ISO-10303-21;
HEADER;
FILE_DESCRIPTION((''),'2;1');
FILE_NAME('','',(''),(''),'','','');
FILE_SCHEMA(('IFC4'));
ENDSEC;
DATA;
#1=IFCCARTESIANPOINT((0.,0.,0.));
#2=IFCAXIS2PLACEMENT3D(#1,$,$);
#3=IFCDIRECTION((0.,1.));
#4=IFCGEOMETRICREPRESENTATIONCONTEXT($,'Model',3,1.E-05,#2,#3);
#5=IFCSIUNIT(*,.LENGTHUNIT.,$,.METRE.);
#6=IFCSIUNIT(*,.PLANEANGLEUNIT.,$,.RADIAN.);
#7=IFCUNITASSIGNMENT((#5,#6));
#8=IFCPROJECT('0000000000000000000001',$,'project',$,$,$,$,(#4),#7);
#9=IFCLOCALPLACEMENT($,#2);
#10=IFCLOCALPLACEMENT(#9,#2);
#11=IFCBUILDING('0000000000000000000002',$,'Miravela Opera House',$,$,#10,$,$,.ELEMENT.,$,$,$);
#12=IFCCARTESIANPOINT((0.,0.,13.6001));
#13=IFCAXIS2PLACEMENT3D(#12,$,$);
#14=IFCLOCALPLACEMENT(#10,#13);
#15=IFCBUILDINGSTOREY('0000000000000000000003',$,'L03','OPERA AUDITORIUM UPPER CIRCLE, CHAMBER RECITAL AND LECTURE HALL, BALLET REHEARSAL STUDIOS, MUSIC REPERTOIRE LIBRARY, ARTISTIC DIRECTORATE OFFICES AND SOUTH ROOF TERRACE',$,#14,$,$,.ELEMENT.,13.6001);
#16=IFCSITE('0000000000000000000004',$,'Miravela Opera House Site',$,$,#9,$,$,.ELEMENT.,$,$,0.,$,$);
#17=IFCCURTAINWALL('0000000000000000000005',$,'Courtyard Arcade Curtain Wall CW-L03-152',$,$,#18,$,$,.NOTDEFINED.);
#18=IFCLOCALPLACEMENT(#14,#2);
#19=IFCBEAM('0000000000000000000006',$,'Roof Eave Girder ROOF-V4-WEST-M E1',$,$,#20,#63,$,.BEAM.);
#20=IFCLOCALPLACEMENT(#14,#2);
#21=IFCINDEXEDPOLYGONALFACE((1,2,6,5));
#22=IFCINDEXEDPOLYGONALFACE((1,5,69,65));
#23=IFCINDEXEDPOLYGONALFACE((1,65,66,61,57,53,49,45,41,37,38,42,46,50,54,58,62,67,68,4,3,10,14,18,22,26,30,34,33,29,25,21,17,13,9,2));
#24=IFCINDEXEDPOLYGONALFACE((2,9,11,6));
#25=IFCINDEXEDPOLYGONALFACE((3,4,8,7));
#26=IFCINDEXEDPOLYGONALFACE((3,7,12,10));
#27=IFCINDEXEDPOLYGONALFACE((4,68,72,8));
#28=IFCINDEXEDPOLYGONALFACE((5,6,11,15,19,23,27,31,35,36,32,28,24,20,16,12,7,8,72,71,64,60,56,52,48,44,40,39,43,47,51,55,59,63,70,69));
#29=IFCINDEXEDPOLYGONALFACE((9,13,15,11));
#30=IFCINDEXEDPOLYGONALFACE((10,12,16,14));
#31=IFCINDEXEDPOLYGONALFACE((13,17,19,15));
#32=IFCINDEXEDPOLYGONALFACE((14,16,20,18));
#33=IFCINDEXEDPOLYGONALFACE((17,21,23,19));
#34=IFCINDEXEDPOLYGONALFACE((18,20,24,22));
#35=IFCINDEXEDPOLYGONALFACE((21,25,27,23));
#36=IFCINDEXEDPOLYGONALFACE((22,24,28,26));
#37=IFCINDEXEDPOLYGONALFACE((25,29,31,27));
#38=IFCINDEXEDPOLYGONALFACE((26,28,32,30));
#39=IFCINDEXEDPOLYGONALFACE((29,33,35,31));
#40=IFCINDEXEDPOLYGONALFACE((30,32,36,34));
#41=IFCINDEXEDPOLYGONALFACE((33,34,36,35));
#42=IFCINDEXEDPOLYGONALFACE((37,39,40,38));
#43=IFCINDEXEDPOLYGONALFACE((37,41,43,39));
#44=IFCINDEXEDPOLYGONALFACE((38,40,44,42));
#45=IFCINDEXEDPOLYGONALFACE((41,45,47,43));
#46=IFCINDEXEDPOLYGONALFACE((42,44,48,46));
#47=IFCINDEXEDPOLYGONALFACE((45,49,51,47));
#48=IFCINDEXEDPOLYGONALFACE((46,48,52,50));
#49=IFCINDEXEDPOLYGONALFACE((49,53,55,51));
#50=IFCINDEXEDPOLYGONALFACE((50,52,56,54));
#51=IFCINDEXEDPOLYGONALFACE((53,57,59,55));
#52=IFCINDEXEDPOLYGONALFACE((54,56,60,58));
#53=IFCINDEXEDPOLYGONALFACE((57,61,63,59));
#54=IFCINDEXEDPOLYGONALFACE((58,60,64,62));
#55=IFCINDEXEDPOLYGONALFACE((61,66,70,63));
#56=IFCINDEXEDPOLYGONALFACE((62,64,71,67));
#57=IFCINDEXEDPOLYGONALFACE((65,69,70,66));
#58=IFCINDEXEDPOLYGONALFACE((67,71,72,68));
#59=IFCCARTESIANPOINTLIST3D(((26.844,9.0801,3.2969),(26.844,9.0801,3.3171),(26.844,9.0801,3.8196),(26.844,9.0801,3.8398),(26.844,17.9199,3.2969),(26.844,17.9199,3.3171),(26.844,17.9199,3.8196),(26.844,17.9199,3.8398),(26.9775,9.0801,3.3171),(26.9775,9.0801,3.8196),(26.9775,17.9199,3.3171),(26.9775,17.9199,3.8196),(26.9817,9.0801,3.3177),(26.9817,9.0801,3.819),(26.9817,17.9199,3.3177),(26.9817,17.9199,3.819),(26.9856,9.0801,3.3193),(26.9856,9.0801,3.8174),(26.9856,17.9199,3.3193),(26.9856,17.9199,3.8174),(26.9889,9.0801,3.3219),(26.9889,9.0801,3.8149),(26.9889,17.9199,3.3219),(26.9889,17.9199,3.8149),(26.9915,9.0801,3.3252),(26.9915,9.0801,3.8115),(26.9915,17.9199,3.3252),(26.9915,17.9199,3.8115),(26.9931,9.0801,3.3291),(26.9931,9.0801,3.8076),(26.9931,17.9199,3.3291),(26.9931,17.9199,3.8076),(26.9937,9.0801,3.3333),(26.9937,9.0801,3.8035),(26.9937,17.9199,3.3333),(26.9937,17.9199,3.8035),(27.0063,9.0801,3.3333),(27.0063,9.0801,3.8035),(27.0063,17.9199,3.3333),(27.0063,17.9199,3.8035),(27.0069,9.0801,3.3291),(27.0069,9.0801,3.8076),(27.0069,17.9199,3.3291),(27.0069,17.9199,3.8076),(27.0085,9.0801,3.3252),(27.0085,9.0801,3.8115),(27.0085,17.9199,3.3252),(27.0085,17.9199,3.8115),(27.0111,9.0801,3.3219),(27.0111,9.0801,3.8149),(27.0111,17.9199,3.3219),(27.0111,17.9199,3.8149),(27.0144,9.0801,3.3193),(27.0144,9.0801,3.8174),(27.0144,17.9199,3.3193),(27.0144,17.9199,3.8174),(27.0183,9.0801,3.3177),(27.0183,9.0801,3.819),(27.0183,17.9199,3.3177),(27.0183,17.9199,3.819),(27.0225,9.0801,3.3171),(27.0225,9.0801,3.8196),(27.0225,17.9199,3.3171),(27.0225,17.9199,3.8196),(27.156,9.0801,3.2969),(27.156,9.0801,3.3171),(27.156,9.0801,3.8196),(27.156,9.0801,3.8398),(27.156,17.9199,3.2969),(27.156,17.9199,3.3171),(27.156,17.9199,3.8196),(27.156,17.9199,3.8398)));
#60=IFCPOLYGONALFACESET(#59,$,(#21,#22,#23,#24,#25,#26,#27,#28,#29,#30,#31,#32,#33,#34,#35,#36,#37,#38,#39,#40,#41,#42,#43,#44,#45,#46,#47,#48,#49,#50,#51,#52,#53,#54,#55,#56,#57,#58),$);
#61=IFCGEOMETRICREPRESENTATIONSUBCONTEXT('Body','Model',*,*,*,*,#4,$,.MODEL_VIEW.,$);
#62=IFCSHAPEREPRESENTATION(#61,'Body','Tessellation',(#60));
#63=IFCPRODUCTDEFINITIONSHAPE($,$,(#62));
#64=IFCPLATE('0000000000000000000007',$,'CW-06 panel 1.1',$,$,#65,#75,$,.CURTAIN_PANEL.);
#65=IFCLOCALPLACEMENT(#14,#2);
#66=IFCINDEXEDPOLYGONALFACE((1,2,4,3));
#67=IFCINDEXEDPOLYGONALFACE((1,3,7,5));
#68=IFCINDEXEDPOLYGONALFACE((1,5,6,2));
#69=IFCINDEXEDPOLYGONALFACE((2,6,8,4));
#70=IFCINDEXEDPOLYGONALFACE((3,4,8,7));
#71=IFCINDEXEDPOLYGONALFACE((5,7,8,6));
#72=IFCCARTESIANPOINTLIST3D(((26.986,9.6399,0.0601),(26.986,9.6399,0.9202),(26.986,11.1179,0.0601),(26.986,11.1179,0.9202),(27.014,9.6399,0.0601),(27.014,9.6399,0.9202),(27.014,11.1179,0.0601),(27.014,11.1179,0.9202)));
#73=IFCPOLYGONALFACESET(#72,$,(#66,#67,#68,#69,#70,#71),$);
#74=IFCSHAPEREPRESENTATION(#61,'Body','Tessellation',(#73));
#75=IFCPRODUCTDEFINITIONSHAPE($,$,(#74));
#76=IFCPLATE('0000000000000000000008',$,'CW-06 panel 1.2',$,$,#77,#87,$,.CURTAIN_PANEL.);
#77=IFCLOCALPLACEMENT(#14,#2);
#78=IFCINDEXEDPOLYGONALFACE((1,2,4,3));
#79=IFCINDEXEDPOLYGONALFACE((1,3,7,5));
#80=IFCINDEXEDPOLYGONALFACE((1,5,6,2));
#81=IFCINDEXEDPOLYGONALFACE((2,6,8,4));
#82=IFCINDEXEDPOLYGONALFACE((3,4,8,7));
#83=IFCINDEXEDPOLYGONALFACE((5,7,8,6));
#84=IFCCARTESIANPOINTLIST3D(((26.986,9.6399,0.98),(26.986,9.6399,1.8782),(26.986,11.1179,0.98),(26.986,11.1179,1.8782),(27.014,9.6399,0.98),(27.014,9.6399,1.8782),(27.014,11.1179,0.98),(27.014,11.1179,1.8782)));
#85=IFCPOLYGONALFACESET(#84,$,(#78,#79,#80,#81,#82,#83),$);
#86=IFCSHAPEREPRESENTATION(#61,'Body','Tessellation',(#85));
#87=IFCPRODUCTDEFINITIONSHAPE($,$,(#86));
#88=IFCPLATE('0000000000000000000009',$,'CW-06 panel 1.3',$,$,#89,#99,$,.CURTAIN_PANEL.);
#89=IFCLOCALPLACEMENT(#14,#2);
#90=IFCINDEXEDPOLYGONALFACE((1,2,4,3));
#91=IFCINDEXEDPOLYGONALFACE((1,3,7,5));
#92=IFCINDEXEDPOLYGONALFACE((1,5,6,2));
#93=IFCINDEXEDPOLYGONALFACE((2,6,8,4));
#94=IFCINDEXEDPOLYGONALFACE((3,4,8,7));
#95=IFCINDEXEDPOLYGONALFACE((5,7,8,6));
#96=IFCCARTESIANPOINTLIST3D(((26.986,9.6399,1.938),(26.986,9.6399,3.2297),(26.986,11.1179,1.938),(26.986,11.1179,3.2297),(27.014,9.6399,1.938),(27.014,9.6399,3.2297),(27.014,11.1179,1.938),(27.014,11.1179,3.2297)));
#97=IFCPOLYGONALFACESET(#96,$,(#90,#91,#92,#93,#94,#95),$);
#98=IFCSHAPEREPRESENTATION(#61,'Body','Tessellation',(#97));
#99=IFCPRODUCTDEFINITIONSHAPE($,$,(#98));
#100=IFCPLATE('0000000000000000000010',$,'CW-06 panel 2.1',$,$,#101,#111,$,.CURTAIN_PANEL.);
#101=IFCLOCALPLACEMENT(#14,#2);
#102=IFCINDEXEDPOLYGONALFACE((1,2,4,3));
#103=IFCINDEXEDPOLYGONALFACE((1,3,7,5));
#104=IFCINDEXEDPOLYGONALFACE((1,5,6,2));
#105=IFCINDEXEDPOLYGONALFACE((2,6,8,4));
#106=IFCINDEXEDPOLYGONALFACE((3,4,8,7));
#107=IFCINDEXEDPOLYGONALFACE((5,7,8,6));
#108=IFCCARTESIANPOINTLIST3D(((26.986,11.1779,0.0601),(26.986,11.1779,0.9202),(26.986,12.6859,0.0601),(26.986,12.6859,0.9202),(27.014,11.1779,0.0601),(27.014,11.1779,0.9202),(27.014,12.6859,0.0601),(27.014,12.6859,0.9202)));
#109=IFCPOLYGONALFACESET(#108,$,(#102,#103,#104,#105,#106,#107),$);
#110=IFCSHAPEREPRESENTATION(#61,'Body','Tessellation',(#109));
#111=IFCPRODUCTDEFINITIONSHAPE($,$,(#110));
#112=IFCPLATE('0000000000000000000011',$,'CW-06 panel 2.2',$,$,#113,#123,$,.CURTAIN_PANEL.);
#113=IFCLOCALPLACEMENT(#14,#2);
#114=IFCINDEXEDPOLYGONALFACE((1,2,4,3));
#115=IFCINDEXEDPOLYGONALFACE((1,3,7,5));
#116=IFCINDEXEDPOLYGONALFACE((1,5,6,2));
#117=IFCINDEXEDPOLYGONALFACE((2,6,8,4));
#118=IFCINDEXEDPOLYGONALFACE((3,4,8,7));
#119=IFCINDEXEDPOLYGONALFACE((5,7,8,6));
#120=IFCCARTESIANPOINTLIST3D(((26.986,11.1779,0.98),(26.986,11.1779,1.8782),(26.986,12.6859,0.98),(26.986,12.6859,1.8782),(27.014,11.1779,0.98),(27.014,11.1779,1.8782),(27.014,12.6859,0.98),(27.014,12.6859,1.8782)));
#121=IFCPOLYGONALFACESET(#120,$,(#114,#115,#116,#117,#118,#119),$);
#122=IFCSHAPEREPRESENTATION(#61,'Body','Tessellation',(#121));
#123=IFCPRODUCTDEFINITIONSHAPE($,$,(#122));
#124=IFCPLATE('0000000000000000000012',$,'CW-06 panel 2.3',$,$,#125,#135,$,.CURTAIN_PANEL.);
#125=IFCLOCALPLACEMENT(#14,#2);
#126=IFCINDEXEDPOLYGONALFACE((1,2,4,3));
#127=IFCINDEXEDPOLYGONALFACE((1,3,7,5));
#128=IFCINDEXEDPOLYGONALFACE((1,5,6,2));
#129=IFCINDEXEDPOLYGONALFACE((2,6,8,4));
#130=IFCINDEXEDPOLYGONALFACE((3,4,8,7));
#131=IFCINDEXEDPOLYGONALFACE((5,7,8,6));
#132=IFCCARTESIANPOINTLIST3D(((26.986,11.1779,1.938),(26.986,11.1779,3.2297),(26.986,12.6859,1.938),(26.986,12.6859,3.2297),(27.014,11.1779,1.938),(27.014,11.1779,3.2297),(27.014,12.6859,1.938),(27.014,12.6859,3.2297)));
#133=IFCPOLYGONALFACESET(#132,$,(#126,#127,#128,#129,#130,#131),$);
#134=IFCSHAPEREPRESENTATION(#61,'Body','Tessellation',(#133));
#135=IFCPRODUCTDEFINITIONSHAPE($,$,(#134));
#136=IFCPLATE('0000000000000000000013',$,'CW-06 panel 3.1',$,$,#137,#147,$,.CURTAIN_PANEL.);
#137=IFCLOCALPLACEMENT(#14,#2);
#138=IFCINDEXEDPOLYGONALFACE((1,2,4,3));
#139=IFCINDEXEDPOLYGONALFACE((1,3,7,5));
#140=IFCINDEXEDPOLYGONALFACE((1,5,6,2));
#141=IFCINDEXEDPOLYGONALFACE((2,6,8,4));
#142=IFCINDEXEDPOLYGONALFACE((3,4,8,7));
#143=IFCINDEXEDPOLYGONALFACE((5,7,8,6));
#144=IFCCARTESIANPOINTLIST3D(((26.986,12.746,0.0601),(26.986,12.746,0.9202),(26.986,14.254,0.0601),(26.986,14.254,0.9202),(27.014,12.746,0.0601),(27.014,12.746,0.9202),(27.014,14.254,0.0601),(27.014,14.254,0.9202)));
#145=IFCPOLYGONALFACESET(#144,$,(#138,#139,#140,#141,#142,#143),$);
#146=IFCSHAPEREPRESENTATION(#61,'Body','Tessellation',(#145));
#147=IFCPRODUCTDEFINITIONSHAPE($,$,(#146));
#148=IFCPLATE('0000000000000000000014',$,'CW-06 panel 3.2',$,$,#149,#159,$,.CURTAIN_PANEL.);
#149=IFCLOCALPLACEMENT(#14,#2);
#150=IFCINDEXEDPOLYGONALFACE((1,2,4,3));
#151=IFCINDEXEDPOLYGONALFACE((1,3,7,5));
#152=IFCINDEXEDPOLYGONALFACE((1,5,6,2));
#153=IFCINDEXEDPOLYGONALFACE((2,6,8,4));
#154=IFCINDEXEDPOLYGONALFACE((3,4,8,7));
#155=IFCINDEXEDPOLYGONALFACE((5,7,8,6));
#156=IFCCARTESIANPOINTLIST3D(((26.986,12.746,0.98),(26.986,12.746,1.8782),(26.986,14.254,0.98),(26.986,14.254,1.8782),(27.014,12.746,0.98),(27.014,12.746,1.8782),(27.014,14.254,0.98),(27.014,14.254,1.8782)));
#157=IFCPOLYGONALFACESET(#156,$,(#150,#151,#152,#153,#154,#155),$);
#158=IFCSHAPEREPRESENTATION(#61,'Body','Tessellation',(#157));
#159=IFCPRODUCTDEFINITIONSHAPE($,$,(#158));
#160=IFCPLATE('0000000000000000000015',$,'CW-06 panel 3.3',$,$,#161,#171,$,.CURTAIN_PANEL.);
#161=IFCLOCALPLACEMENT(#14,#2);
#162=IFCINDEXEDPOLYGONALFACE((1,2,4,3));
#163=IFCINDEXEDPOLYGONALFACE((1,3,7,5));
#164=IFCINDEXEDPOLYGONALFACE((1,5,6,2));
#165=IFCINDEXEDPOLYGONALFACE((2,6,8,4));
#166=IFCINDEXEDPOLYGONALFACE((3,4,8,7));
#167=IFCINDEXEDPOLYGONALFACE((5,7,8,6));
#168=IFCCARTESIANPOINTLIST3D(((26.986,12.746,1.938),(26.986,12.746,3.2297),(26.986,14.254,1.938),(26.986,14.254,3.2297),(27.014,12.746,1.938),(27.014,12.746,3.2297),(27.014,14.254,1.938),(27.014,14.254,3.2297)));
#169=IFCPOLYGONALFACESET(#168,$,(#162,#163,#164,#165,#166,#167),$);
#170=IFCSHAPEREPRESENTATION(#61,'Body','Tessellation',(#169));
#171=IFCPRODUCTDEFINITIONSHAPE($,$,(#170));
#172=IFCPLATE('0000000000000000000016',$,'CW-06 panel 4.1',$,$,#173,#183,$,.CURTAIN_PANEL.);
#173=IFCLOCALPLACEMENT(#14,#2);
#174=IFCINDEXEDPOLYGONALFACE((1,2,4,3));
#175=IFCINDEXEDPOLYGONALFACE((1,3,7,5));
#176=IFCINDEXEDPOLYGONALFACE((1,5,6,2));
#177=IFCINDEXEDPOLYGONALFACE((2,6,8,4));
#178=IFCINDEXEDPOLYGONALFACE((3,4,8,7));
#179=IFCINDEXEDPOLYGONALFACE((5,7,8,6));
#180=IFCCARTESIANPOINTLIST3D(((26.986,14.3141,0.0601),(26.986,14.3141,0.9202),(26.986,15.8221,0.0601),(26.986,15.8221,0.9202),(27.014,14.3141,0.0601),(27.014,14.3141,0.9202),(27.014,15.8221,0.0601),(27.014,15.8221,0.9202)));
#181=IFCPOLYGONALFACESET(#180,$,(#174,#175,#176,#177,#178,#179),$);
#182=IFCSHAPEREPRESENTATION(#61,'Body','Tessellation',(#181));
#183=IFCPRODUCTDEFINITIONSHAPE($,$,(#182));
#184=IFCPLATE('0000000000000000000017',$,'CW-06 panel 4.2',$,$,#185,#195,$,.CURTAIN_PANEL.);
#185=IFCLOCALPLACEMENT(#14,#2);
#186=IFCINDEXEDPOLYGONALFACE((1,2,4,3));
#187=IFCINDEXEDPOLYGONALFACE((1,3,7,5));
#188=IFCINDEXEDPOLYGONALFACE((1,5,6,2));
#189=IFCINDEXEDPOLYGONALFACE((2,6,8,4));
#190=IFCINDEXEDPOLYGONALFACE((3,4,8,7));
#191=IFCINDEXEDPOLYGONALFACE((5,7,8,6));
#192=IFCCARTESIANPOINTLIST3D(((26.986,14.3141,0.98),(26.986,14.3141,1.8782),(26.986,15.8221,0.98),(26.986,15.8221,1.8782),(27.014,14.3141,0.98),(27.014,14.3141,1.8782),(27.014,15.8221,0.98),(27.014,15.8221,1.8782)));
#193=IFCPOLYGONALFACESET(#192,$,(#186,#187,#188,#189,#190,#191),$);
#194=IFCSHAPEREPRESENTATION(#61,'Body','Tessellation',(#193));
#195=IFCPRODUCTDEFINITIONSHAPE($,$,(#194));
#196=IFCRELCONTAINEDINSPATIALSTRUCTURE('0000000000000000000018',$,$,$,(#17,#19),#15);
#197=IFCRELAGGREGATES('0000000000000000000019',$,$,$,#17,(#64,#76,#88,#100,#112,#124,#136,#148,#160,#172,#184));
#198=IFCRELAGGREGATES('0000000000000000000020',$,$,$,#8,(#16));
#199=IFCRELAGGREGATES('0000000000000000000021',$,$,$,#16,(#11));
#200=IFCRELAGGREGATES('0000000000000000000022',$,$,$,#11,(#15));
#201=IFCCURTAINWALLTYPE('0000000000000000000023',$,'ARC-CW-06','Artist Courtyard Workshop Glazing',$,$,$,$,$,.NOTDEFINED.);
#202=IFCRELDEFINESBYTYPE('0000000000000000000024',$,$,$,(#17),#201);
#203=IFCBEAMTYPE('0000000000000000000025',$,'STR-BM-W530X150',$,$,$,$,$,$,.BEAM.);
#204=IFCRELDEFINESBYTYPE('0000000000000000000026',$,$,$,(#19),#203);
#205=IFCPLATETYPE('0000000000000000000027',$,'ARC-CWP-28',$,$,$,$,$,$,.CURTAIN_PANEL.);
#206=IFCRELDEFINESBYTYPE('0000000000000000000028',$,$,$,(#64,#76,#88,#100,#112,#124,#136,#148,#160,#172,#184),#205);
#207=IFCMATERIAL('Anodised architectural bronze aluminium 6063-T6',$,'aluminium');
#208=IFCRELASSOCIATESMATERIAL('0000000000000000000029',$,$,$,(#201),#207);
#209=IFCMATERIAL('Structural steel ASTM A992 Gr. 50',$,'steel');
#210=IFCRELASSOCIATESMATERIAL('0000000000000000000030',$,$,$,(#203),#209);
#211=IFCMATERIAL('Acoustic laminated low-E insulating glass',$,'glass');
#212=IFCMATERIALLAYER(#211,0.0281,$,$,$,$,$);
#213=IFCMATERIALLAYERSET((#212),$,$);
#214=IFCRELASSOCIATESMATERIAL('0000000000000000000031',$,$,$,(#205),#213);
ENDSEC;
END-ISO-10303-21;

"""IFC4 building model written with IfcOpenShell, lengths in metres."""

from ifc_helpers import new_model, si_unit, direction, frame, origin, origin_2d, place, context, subcontext, project, spatial, rectangle, i_section, extrude, material, layer, layer_set, material_profile, profile_set, type_object, element, aggregate, save


model = new_model("IFC4")

# Units and contexts
model_context = context("Model", 3, precision=1e-05, world=origin(), true_north=direction((0.0, 1.0)))
body_context = subcontext(model_context, "Body", "Model", "MODEL_VIEW")
ifc_project = project(units=[si_unit("LENGTHUNIT", "METRE"), si_unit("PLANEANGLEUNIT", "RADIAN")], contexts=[model_context])

# Site, building, storey
site_placement = place(None, origin())
site = spatial("IfcSite", under=ifc_project, at=site_placement, Name="Miravela Opera House Site", CompositionType="ELEMENT", RefElevation=0.0)
building_placement = place(site_placement, origin())
building = spatial("IfcBuilding", under=site, at=building_placement, Name="Miravela Opera House", CompositionType="ELEMENT")
storey_placement = place(building_placement, frame((0.0, 0.0, 13.6001)))
storey = spatial("IfcBuildingStorey", under=building, at=storey_placement, Name="L03", Description="OPERA AUDITORIUM UPPER CIRCLE, CHAMBER RECITAL AND LECTURE HALL, BALLET REHEARSAL STUDIOS, MUSIC REPERTOIRE LIBRARY, ARTISTIC DIRECTORATE OFFICES AND SOUTH ROOF TERRACE", CompositionType="ELEMENT", Elevation=13.6001)

# Curtain wall
ifc_material_1 = material(Name="Anodised architectural bronze aluminium 6063-T6", Category="aluminium")
curtain_wall_type = type_object("IfcCurtainWallType", Name="ARC-CW-06", Description="Artist Courtyard Workshop Glazing", PredefinedType="NOTDEFINED", material=ifc_material_1)
curtain_wall_placement = place(storey_placement, origin())
curtain_wall = element("IfcCurtainWall", 1, at=curtain_wall_placement, inside=storey, type_object=curtain_wall_type, Name="Courtyard Arcade Curtain Wall CW-L03-152", PredefinedType="NOTDEFINED")

# Beam
ifc_material_2 = material(Name="Structural steel ASTM A992 Gr. 50", Category="steel")
ifc_material_profile_1 = material_profile(ifc_material_2, i_section(OverallWidth=0.312, OverallDepth=0.543, WebThickness=0.0127, FlangeThickness=0.0203, FilletRadius=0.0161, at=origin_2d()), Name="W530X150")
ifc_profile_set_1 = profile_set([ifc_material_profile_1])
beam_type = type_object("IfcBeamType", Name="STR-BM-W530X150", PredefinedType="BEAM", material=ifc_profile_set_1)
for number, where, z_axis, x_axis, name in (
    (2, (27.0, 9.0801, 3.5684), (0.0, 1.0, 0.0), (-1.0, 0.0, 0.0), "Roof Eave Girder ROOF-V4-WEST-M E1"),
):
    element("IfcBeam", number, at=place(storey_placement, frame(where, z_axis=z_axis, x_axis=x_axis)), inside=storey, type_object=beam_type, Name=name, PredefinedType="BEAM", context=body_context, shape_type="SweptSolid", body=[
        extrude(i_section(OverallWidth=0.312, OverallDepth=0.543, WebThickness=0.0127, FlangeThickness=0.0203, FilletRadius=0.0161, at=origin_2d()), origin(), (0.0, 0.0, 1.0), 8.8398),
    ])

# Plates
ifc_material_3 = material(Name="Acoustic laminated low-E insulating glass", Category="glass")
ifc_layer = layer(ifc_material_3, 0.0281)
ifc_layer_set = layer_set([ifc_layer])
plate_type = type_object("IfcPlateType", Name="ARC-CWP-28", PredefinedType="CURTAIN_PANEL", material=ifc_layer_set)
plate_1_placement = place(storey_placement, frame((27.0, 10.3789, 0.0601), z_axis=(0.0, 0.0, 1.0), x_axis=(0.0, 1.0, 0.0)))
plate_1 = element("IfcPlate", 3, at=plate_1_placement, type_object=plate_type, Name="CW-06 panel 1.1", PredefinedType="CURTAIN_PANEL", context=body_context, shape_type="SweptSolid", body=[
    extrude(rectangle(XDim=1.478, YDim=0.0281, at=origin_2d()), origin(), (0.0, 0.0, 1.0), 0.8601),
])
plate_2_placement = place(storey_placement, frame((27.0, 10.3789, 0.98), z_axis=(0.0, 0.0, 1.0), x_axis=(0.0, 1.0, 0.0)))
plate_2 = element("IfcPlate", 4, at=plate_2_placement, type_object=plate_type, Name="CW-06 panel 1.2", PredefinedType="CURTAIN_PANEL", context=body_context, shape_type="SweptSolid", body=[
    extrude(rectangle(XDim=1.478, YDim=0.0281, at=origin_2d()), origin(), (0.0, 0.0, 1.0), 0.8982),
])
plate_3_placement = place(storey_placement, frame((27.0, 10.3789, 1.938), z_axis=(0.0, 0.0, 1.0), x_axis=(0.0, 1.0, 0.0)))
plate_3 = element("IfcPlate", 5, at=plate_3_placement, type_object=plate_type, Name="CW-06 panel 1.3", PredefinedType="CURTAIN_PANEL", context=body_context, shape_type="SweptSolid", body=[
    extrude(rectangle(XDim=1.478, YDim=0.0281, at=origin_2d()), origin(), (0.0, 0.0, 1.0), 1.2917),
])
plate_4_placement = place(storey_placement, frame((27.0, 11.9319, 0.0601), z_axis=(0.0, 0.0, 1.0), x_axis=(0.0, 1.0, 0.0)))
plate_4 = element("IfcPlate", 6, at=plate_4_placement, type_object=plate_type, Name="CW-06 panel 2.1", PredefinedType="CURTAIN_PANEL", context=body_context, shape_type="SweptSolid", body=[
    extrude(rectangle(XDim=1.5081, YDim=0.0281, at=origin_2d()), origin(), (0.0, 0.0, 1.0), 0.8601),
])
plate_5_placement = place(storey_placement, frame((27.0, 11.9319, 0.98), z_axis=(0.0, 0.0, 1.0), x_axis=(0.0, 1.0, 0.0)))
plate_5 = element("IfcPlate", 7, at=plate_5_placement, type_object=plate_type, Name="CW-06 panel 2.2", PredefinedType="CURTAIN_PANEL", context=body_context, shape_type="SweptSolid", body=[
    extrude(rectangle(XDim=1.5081, YDim=0.0281, at=origin_2d()), origin(), (0.0, 0.0, 1.0), 0.8982),
])
plate_6_placement = place(storey_placement, frame((27.0, 11.9319, 1.938), z_axis=(0.0, 0.0, 1.0), x_axis=(0.0, 1.0, 0.0)))
plate_6 = element("IfcPlate", 8, at=plate_6_placement, type_object=plate_type, Name="CW-06 panel 2.3", PredefinedType="CURTAIN_PANEL", context=body_context, shape_type="SweptSolid", body=[
    extrude(rectangle(XDim=1.5081, YDim=0.0281, at=origin_2d()), origin(), (0.0, 0.0, 1.0), 1.2917),
])
plate_7_placement = place(storey_placement, frame((27.0, 13.5, 0.0601), z_axis=(0.0, 0.0, 1.0), x_axis=(0.0, 1.0, 0.0)))
plate_7 = element("IfcPlate", 9, at=plate_7_placement, type_object=plate_type, Name="CW-06 panel 3.1", PredefinedType="CURTAIN_PANEL", context=body_context, shape_type="SweptSolid", body=[
    extrude(rectangle(XDim=1.5081, YDim=0.0281, at=origin_2d()), origin(), (0.0, 0.0, 1.0), 0.8601),
])
plate_8_placement = place(storey_placement, frame((27.0, 13.5, 0.98), z_axis=(0.0, 0.0, 1.0), x_axis=(0.0, 1.0, 0.0)))
plate_8 = element("IfcPlate", 10, at=plate_8_placement, type_object=plate_type, Name="CW-06 panel 3.2", PredefinedType="CURTAIN_PANEL", context=body_context, shape_type="SweptSolid", body=[
    extrude(rectangle(XDim=1.5081, YDim=0.0281, at=origin_2d()), origin(), (0.0, 0.0, 1.0), 0.8982),
])
plate_9_placement = place(storey_placement, frame((27.0, 13.5, 1.938), z_axis=(0.0, 0.0, 1.0), x_axis=(0.0, 1.0, 0.0)))
plate_9 = element("IfcPlate", 11, at=plate_9_placement, type_object=plate_type, Name="CW-06 panel 3.3", PredefinedType="CURTAIN_PANEL", context=body_context, shape_type="SweptSolid", body=[
    extrude(rectangle(XDim=1.5081, YDim=0.0281, at=origin_2d()), origin(), (0.0, 0.0, 1.0), 1.2917),
])
plate_10_placement = place(storey_placement, frame((27.0, 15.0681, 0.0601), z_axis=(0.0, 0.0, 1.0), x_axis=(0.0, 1.0, 0.0)))
plate_10 = element("IfcPlate", 12, at=plate_10_placement, type_object=plate_type, Name="CW-06 panel 4.1", PredefinedType="CURTAIN_PANEL", context=body_context, shape_type="SweptSolid", body=[
    extrude(rectangle(XDim=1.5081, YDim=0.0281, at=origin_2d()), origin(), (0.0, 0.0, 1.0), 0.8601),
])
plate_11_placement = place(storey_placement, frame((27.0, 15.0681, 0.98), z_axis=(0.0, 0.0, 1.0), x_axis=(0.0, 1.0, 0.0)))
plate_11 = element("IfcPlate", 13, at=plate_11_placement, type_object=plate_type, Name="CW-06 panel 4.2", PredefinedType="CURTAIN_PANEL", context=body_context, shape_type="SweptSolid", body=[
    extrude(rectangle(XDim=1.5081, YDim=0.0281, at=origin_2d()), origin(), (0.0, 0.0, 1.0), 0.8982),
])
aggregate(curtain_wall, [plate_1, plate_2, plate_3, plate_4, plate_5, plate_6, plate_7, plate_8, plate_9, plate_10, plate_11])

save(model, "model.ifc")
